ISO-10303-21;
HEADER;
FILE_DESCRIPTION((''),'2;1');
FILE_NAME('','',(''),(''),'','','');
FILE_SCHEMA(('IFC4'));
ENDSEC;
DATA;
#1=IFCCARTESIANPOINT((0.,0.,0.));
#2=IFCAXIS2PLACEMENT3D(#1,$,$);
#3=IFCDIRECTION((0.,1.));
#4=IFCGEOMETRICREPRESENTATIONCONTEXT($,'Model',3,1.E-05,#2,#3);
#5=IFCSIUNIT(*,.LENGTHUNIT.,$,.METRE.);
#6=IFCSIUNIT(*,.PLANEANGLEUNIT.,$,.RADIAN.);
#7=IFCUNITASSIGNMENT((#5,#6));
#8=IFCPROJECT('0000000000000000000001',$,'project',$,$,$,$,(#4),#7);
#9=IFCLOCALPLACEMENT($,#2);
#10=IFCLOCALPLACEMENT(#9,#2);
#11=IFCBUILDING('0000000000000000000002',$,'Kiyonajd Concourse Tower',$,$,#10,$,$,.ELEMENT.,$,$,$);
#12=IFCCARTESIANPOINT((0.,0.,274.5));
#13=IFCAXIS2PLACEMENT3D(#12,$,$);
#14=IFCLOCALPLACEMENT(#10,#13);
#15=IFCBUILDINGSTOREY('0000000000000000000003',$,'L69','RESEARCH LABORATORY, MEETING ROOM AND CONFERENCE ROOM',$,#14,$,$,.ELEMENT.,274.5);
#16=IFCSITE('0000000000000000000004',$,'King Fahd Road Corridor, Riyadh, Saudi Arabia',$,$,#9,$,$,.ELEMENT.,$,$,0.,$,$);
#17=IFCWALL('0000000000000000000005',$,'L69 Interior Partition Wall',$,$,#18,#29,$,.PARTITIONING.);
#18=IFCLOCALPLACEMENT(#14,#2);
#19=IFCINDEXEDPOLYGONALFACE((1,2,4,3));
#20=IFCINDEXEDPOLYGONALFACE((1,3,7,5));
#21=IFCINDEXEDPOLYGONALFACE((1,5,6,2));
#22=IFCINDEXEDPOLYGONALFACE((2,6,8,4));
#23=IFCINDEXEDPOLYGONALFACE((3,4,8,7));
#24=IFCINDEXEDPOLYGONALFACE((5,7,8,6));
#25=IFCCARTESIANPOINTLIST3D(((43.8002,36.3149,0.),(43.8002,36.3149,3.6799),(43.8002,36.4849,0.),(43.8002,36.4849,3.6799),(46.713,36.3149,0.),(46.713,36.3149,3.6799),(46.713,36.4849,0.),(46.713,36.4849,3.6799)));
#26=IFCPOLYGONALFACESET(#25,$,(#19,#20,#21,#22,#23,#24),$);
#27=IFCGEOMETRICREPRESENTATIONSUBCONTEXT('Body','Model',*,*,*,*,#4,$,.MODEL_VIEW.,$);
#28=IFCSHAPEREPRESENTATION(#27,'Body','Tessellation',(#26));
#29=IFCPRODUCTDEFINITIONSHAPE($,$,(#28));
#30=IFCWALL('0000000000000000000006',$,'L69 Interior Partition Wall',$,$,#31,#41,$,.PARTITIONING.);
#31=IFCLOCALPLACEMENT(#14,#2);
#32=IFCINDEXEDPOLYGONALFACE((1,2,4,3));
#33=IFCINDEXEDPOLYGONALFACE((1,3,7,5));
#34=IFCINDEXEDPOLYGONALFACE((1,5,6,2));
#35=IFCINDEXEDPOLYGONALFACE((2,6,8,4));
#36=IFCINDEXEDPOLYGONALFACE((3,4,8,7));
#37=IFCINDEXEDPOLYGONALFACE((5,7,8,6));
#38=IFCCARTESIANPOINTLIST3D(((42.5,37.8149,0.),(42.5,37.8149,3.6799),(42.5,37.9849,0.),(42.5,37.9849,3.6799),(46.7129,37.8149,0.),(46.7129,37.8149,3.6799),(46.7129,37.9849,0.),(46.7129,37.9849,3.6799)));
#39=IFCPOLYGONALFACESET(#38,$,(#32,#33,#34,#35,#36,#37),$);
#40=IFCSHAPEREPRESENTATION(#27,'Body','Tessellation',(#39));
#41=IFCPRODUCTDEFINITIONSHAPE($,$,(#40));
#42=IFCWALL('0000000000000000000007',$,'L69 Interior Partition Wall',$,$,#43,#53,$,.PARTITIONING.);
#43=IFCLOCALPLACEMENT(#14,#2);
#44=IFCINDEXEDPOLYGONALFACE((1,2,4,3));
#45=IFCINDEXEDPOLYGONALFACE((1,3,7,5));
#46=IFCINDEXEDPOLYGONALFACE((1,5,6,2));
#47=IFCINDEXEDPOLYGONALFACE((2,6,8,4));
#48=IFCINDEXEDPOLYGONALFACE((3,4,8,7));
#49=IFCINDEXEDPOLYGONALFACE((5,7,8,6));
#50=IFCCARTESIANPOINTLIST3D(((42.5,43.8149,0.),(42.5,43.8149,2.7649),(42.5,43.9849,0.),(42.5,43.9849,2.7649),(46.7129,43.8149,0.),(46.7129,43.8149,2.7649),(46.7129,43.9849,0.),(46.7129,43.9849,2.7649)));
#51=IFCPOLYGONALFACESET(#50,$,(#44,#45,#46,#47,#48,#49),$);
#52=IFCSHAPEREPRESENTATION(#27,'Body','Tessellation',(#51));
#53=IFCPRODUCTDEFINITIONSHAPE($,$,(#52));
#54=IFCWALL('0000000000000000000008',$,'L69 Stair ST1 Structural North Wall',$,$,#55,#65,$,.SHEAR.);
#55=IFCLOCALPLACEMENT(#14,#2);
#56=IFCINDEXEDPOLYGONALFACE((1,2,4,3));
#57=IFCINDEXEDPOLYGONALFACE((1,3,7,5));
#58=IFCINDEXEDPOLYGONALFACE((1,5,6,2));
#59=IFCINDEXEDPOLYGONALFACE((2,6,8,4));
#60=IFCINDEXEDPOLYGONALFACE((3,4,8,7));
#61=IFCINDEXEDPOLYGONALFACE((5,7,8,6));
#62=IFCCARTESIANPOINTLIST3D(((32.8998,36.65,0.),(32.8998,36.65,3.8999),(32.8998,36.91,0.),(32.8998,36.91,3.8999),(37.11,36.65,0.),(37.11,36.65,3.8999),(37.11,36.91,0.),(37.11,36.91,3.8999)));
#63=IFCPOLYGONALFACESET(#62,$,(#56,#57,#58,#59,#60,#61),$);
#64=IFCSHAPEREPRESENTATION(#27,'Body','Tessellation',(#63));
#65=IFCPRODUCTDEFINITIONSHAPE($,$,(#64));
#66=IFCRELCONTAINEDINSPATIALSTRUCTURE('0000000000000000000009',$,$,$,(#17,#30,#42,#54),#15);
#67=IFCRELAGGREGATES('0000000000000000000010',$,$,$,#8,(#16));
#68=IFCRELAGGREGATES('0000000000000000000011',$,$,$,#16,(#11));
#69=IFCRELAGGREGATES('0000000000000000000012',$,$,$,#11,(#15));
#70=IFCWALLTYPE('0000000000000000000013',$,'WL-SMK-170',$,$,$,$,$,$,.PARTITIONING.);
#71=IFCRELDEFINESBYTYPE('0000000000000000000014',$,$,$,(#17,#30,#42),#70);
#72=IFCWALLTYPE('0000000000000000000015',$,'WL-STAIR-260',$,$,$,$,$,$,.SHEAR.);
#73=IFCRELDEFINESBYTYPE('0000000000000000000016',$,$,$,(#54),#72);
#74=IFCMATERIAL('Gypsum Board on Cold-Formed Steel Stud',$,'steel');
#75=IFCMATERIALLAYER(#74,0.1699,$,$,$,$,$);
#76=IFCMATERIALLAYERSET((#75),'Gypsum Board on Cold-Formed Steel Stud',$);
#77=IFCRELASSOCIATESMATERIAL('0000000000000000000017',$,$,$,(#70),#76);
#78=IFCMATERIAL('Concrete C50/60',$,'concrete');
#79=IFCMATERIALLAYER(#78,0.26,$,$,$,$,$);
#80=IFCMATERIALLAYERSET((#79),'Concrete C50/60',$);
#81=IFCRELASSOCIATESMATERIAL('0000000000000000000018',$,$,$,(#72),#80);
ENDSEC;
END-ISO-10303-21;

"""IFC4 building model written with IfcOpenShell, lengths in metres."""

from ifc_helpers import new_model, si_unit, direction, frame, frame_2d, origin, place, context, subcontext, project, spatial, rectangle, extrude, material, layer, layer_set, type_object, element, save


model = new_model("IFC4")

# Units and contexts
model_context = context("Model", 3, precision=1e-05, world=origin(), true_north=direction((0.0, 1.0)))
body_context = subcontext(model_context, "Body", "Model", "MODEL_VIEW")
ifc_project = project(units=[si_unit("LENGTHUNIT", "METRE"), si_unit("PLANEANGLEUNIT", "RADIAN")], contexts=[model_context])

# Site, building, storey
site_placement = place(None, origin())
site = spatial("IfcSite", under=ifc_project, at=site_placement, Name="King Fahd Road Corridor, Riyadh, Saudi Arabia", CompositionType="ELEMENT", RefElevation=0.0)
building_placement = place(site_placement, origin())
building = spatial("IfcBuilding", under=site, at=building_placement, Name="Kiyonajd Concourse Tower", CompositionType="ELEMENT")
storey_placement = place(building_placement, frame((0.0, 0.0, 274.5)))
storey = spatial("IfcBuildingStorey", under=building, at=storey_placement, Name="L69", Description="RESEARCH LABORATORY, MEETING ROOM AND CONFERENCE ROOM", CompositionType="ELEMENT", Elevation=274.5)

# Shared definitions
ifc_material_1 = material(Name="Gypsum Board on Cold-Formed Steel Stud", Category="steel")

# Shared definitions
ifc_layer_1 = layer(ifc_material_1, 0.1699)
ifc_layer_set_1 = layer_set([ifc_layer_1], Name="Gypsum Board on Cold-Formed Steel Stud")
wall_type_1 = type_object("IfcWallType", Name="WL-SMK-170", PredefinedType="PARTITIONING", material=ifc_layer_set_1)

# Walls
wall_1_placement = place(storey_placement, frame((43.8, 36.3999, 0.0), z_axis=(0.0, 0.0, 1.0), x_axis=(1.0, 0.0, 0.0)))
element("IfcWall", 1, at=wall_1_placement, inside=storey, type_object=wall_type_1, Name="L69 Interior Partition Wall", PredefinedType="PARTITIONING", context=body_context, shape_type="SweptSolid", body=[
    extrude(rectangle(XDim=2.9128, YDim=0.1699, at=frame_2d((1.4565, 0.0))), origin(), (0.0, 0.0, 1.0), 3.6799),
])
wall_2_placement = place(storey_placement, frame((42.5, 37.8999, 0.0), z_axis=(0.0, 0.0, 1.0), x_axis=(1.0, 0.0, 0.0)))
element("IfcWall", 2, at=wall_2_placement, inside=storey, type_object=wall_type_1, Name="L69 Interior Partition Wall", PredefinedType="PARTITIONING", context=body_context, shape_type="SweptSolid", body=[
    extrude(rectangle(XDim=4.2129, YDim=0.1699, at=frame_2d((2.1064, 0.0))), origin(), (0.0, 0.0, 1.0), 3.6799),
])
wall_3_placement = place(storey_placement, frame((42.5, 43.8999, 0.0), z_axis=(0.0, 0.0, 1.0), x_axis=(1.0, 0.0, 0.0)))
element("IfcWall", 3, at=wall_3_placement, inside=storey, type_object=wall_type_1, Name="L69 Interior Partition Wall", PredefinedType="PARTITIONING", context=body_context, shape_type="SweptSolid", body=[
    extrude(rectangle(XDim=4.2129, YDim=0.1699, at=frame_2d((2.1064, 0.0))), origin(), (0.0, 0.0, 1.0), 2.7649),
])
ifc_material_2 = material(Name="Concrete C50/60", Category="concrete")
ifc_layer_2 = layer(ifc_material_2, 0.26)
ifc_layer_set_2 = layer_set([ifc_layer_2], Name="Concrete C50/60")
wall_type_2 = type_object("IfcWallType", Name="WL-STAIR-260", PredefinedType="SHEAR", material=ifc_layer_set_2)
wall_4_placement = place(storey_placement, frame((32.8999, 36.78, 0.0), z_axis=(0.0, 0.0, 1.0), x_axis=(1.0, 0.0, 0.0)))
element("IfcWall", 4, at=wall_4_placement, inside=storey, type_object=wall_type_2, Name="L69 Stair ST1 Structural North Wall", PredefinedType="SHEAR", context=body_context, shape_type="SweptSolid", body=[
    extrude(rectangle(XDim=4.2102, YDim=0.26, at=frame_2d((2.105, 0.0))), origin(), (0.0, 0.0, 1.0), 3.8999),
])

save(model, "model.ifc")
